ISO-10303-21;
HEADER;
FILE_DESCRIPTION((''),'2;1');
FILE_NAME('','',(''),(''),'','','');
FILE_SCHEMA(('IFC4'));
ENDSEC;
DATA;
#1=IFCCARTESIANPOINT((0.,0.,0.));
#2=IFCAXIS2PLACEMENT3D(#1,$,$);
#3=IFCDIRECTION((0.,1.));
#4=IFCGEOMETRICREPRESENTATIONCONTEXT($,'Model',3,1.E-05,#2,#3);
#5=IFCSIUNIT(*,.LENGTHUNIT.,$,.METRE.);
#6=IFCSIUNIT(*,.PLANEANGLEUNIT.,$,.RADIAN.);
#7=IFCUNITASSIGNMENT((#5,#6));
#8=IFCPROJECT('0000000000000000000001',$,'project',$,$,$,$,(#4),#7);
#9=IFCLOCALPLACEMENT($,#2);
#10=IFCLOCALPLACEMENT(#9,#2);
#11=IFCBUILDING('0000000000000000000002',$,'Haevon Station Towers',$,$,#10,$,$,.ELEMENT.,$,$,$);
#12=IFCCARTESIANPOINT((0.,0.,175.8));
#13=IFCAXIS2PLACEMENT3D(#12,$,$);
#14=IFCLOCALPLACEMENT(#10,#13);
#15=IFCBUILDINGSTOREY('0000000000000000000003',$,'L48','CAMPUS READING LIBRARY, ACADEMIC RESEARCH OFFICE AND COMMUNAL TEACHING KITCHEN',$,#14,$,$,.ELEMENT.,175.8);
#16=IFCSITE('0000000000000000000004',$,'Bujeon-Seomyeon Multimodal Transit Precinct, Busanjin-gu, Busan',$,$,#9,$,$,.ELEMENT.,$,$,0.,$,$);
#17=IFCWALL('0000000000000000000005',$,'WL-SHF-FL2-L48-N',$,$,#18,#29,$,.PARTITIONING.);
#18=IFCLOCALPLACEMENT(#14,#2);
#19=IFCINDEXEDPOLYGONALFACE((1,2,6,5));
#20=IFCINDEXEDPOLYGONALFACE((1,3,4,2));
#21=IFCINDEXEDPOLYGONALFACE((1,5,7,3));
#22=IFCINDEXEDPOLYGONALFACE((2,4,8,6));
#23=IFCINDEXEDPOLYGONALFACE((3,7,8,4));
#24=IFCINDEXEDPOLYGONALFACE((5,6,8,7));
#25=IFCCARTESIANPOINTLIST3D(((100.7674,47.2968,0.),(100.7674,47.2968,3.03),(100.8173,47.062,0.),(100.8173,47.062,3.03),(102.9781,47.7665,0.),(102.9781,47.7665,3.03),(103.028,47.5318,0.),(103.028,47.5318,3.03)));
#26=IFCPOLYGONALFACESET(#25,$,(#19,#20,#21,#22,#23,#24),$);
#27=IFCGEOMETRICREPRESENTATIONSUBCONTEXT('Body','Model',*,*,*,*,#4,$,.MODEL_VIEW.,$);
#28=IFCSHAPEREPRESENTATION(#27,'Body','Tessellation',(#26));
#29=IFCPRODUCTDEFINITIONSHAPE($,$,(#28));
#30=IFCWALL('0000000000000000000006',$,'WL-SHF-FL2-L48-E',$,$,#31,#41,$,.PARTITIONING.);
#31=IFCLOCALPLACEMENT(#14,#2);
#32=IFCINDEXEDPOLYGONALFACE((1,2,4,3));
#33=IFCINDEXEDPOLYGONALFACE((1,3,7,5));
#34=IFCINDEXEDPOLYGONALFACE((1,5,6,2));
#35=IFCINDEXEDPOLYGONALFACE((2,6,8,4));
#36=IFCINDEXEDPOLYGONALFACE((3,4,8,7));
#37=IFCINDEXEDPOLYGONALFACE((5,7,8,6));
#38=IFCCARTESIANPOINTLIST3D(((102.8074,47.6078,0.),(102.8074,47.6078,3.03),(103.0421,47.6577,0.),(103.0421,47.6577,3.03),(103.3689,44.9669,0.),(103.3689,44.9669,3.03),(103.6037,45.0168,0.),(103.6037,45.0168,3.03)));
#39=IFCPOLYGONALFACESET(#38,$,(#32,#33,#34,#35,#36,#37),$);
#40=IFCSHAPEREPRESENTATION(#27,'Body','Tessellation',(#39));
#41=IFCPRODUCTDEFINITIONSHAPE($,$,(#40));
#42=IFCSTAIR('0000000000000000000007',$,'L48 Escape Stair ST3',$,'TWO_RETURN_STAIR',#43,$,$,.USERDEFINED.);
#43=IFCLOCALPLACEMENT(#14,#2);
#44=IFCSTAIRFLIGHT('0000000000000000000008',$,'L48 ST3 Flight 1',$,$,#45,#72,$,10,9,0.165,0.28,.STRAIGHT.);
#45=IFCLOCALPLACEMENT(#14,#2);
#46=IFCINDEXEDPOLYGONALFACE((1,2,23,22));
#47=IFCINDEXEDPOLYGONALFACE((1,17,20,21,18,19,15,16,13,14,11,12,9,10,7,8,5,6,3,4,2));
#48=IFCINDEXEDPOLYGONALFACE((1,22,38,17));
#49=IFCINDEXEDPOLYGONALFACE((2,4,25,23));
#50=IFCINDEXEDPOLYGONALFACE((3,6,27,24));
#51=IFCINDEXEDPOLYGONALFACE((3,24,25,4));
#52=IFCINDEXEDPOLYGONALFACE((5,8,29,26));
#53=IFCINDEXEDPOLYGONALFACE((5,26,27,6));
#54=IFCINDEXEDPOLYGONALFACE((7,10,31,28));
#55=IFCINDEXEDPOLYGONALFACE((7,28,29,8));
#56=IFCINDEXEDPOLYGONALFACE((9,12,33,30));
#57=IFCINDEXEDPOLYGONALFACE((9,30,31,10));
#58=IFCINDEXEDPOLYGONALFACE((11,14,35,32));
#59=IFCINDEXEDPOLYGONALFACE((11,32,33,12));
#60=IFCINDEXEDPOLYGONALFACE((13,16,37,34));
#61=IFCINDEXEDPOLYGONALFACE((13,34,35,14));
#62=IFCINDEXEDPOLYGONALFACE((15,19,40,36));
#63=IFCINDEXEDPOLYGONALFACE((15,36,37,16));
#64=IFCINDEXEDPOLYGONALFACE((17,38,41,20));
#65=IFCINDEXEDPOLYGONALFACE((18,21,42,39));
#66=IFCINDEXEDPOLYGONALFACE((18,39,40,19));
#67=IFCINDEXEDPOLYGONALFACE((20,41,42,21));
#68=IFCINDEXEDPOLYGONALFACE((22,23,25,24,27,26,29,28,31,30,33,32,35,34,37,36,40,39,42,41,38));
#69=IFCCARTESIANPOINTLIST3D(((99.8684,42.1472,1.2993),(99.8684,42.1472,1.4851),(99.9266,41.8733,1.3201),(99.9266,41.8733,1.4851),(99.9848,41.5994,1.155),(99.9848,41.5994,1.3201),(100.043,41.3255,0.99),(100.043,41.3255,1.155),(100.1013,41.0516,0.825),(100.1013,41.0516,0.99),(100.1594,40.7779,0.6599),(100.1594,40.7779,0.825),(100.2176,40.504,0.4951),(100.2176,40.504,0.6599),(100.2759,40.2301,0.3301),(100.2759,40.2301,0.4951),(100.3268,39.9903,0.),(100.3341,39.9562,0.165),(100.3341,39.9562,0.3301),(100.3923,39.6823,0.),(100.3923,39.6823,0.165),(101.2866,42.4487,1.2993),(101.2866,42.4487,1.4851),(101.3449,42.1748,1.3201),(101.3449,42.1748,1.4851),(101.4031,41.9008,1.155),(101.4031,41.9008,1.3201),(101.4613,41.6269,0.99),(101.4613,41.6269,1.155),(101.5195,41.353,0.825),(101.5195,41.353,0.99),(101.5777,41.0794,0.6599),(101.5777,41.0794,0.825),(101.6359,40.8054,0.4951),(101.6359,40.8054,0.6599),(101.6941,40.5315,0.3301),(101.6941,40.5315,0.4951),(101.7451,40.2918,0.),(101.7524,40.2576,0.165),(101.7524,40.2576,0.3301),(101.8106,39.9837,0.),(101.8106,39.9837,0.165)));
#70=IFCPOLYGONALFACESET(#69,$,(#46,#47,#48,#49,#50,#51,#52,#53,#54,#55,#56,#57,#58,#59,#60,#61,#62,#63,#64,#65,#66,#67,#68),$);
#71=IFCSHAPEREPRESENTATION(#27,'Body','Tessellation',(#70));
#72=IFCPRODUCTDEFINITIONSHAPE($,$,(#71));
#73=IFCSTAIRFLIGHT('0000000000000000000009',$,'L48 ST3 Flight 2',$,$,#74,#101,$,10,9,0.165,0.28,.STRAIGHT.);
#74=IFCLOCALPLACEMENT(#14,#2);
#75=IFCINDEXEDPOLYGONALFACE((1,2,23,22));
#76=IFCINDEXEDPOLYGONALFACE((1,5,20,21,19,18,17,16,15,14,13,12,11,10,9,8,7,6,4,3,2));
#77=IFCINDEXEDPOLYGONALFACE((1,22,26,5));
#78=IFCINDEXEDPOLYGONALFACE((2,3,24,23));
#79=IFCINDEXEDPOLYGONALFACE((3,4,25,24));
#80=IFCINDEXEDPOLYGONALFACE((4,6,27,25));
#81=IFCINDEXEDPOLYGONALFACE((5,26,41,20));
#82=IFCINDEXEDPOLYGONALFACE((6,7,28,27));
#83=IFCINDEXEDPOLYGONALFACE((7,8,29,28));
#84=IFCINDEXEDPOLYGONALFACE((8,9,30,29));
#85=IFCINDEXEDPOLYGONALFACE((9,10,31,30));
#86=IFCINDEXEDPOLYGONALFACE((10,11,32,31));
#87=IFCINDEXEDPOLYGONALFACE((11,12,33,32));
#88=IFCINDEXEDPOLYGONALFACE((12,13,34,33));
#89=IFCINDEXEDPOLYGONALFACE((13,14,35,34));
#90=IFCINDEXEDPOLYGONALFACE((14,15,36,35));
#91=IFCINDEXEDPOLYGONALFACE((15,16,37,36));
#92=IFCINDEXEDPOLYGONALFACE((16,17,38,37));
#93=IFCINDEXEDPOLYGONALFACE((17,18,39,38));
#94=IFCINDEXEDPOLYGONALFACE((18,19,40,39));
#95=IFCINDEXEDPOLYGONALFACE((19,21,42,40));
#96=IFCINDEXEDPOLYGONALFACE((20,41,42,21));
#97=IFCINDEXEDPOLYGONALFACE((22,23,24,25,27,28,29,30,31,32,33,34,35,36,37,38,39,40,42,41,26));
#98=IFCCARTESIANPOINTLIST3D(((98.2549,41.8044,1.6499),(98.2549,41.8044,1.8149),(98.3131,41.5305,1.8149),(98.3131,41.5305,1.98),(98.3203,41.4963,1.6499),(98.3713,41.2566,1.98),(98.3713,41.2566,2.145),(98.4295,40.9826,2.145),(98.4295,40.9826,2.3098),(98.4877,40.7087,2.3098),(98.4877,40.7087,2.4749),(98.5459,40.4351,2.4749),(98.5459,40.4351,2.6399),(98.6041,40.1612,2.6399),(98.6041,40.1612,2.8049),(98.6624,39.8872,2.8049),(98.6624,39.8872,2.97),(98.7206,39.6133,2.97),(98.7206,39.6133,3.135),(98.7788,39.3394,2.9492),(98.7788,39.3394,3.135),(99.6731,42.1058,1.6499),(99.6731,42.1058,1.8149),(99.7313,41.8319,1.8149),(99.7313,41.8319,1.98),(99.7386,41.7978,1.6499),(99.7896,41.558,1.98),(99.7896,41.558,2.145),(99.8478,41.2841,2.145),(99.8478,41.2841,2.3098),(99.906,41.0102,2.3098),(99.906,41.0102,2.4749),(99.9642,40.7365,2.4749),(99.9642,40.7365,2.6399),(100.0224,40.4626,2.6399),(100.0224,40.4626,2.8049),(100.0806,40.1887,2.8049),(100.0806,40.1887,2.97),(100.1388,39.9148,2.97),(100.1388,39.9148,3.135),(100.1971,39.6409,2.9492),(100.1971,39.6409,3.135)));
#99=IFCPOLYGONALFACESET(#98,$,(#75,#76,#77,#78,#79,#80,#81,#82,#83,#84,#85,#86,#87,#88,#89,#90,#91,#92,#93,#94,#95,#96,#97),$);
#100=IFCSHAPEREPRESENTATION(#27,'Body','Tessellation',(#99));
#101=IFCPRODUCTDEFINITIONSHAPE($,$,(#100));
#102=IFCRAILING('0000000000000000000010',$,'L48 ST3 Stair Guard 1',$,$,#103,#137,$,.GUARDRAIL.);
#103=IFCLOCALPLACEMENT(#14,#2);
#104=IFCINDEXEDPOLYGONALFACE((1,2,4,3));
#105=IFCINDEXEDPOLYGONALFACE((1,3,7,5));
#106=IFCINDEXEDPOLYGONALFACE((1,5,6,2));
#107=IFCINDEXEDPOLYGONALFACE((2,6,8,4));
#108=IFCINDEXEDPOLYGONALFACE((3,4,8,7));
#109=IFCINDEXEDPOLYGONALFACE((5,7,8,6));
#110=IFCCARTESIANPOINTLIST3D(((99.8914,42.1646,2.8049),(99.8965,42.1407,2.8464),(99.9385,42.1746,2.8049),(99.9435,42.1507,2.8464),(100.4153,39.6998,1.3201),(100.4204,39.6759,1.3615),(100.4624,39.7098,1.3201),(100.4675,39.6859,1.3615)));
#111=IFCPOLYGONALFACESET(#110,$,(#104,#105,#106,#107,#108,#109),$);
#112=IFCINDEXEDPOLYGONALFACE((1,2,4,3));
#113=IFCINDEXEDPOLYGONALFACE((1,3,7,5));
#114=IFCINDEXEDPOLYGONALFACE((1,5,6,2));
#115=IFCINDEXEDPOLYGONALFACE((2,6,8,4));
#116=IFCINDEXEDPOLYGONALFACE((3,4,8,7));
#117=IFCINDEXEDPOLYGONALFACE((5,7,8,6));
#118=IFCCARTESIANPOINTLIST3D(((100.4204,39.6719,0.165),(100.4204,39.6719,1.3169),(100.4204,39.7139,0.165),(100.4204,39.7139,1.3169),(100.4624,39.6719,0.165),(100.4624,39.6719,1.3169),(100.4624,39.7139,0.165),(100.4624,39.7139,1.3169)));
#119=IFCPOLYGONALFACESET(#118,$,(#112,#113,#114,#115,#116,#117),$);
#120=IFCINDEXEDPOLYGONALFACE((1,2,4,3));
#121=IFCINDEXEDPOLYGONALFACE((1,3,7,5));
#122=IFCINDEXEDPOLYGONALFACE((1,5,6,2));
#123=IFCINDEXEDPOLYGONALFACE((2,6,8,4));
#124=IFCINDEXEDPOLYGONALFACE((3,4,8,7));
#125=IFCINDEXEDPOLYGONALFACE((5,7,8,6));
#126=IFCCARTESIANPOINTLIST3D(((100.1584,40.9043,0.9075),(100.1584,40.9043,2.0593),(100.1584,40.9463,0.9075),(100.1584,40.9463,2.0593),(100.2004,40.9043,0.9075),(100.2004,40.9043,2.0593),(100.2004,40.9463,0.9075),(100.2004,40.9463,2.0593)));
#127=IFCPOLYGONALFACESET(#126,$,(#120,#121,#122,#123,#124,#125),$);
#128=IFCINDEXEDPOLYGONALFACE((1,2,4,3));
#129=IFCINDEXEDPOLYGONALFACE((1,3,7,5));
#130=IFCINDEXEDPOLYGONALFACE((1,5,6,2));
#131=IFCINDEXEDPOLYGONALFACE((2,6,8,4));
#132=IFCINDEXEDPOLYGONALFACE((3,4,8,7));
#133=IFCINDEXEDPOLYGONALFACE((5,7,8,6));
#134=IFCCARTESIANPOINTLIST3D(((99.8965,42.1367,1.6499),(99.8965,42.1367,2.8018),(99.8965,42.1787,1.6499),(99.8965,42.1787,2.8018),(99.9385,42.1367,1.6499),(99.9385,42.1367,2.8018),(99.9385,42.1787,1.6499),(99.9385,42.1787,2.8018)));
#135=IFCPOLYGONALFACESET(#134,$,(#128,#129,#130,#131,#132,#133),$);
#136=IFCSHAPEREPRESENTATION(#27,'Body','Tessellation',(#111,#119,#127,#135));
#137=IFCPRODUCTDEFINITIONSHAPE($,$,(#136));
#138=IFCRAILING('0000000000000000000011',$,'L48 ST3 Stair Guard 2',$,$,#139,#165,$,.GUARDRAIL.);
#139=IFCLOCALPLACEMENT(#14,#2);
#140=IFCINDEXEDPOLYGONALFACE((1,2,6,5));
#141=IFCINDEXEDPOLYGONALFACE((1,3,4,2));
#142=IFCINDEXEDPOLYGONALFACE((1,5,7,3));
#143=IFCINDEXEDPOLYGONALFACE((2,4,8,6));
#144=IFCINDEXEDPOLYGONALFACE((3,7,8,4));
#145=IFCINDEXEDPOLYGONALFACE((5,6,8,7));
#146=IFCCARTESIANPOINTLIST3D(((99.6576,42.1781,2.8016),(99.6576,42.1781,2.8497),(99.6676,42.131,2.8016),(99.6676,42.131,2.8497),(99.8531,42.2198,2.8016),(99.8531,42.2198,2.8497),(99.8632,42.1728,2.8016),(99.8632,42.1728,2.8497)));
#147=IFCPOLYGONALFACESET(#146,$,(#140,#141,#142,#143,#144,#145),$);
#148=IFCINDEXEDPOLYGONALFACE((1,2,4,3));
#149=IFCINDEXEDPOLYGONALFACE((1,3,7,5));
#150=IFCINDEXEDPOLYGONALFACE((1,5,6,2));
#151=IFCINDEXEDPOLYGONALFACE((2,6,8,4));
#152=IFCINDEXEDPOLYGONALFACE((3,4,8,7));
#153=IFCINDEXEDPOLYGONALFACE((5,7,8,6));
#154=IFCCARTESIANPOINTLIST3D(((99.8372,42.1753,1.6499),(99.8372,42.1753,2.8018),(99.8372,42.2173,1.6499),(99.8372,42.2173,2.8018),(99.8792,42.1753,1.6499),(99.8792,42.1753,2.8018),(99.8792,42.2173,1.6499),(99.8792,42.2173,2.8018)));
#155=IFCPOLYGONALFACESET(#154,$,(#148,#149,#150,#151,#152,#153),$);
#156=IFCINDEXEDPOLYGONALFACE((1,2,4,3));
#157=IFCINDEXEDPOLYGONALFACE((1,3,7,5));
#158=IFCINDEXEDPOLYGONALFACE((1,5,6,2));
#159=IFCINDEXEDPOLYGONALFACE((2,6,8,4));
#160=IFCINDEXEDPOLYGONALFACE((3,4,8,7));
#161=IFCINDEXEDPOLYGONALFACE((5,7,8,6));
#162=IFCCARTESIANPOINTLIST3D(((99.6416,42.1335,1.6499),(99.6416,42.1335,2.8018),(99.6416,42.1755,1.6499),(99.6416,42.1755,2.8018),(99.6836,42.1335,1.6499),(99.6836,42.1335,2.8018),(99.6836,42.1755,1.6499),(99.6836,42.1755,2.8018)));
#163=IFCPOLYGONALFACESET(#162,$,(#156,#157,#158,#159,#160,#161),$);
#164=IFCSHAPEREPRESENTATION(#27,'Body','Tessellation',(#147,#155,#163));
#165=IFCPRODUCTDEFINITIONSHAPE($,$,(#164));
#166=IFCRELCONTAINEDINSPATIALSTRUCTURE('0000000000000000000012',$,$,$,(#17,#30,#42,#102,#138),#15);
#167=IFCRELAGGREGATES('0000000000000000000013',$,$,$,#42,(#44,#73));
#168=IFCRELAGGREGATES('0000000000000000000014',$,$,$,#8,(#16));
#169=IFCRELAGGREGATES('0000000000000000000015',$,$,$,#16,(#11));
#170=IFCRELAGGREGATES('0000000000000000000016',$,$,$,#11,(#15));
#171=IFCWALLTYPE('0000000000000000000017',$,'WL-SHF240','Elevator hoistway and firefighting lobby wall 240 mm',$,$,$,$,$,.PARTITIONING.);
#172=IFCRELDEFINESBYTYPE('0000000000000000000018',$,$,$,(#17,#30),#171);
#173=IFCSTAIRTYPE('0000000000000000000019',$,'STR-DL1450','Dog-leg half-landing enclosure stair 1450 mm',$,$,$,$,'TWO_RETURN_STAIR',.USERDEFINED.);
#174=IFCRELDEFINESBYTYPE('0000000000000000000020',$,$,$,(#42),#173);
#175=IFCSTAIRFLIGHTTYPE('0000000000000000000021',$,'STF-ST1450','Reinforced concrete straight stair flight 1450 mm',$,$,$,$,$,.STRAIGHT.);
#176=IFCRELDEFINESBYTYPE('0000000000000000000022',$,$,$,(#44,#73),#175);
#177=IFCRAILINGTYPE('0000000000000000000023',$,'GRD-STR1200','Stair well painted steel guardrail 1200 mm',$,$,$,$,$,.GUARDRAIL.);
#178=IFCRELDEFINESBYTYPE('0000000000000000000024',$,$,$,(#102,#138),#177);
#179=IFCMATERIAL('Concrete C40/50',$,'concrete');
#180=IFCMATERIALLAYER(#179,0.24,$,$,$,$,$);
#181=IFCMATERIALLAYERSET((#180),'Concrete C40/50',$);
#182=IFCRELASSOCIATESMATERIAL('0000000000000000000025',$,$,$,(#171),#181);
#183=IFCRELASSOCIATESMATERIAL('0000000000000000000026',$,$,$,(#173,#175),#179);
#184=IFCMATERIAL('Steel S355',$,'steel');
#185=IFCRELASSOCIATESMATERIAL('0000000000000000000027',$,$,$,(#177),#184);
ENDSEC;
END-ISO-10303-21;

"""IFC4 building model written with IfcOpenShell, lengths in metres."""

from ifc_helpers import new_model, si_unit, direction, frame, frame_2d, origin, origin_2d, place, context, subcontext, project, spatial, polyline, rectangle, outline, extrude, material, layer, layer_set, type_object, element, aggregate, save


model = new_model("IFC4")

# Units and contexts
model_context = context("Model", 3, precision=1e-05, world=origin(), true_north=direction((0.0, 1.0)))
body_context = subcontext(model_context, "Body", "Model", "MODEL_VIEW")
ifc_project = project(units=[si_unit("LENGTHUNIT", "METRE"), si_unit("PLANEANGLEUNIT", "RADIAN")], contexts=[model_context])

# Site, building, storey
site_placement = place(None, origin())
site = spatial("IfcSite", under=ifc_project, at=site_placement, Name="Bujeon-Seomyeon Multimodal Transit Precinct, Busanjin-gu, Busan", CompositionType="ELEMENT", RefElevation=0.0)
building_placement = place(site_placement, origin())
building = spatial("IfcBuilding", under=site, at=building_placement, Name="Haevon Station Towers", CompositionType="ELEMENT")
storey_placement = place(building_placement, frame((0.0, 0.0, 175.8)))
storey = spatial("IfcBuildingStorey", under=building, at=storey_placement, Name="L48", Description="CAMPUS READING LIBRARY, ACADEMIC RESEARCH OFFICE AND COMMUNAL TEACHING KITCHEN", CompositionType="ELEMENT", Elevation=175.8)

# Shared definitions
ifc_material_1 = material(Name="Steel S355", Category="steel")

# Shared definitions
ifc_material_2 = material(Name="Concrete C40/50", Category="concrete")
ifc_layer_1 = layer(ifc_material_2, 0.24)
ifc_layer_set_1 = layer_set([ifc_layer_1], Name="Concrete C40/50")
wall_type_1 = type_object("IfcWallType", Name="WL-SHF240", Description="Elevator hoistway and firefighting lobby wall 240 mm", PredefinedType="PARTITIONING", material=ifc_layer_set_1)

# Walls
wall_1_placement = place(storey_placement, frame((100.7925, 47.1794, 0.0), z_axis=(0.0, 0.0, 1.0), x_axis=(0.978163, 0.207839, 0.0)))
element("IfcWall", 1, at=wall_1_placement, inside=storey, type_object=wall_type_1, Name="WL-SHF-FL2-L48-N", PredefinedType="PARTITIONING", context=body_context, shape_type="SweptSolid", body=[
    extrude(rectangle(XDim=2.26, YDim=0.24, at=frame_2d((1.1299, 0.0))), origin(), (0.0, 0.0, 1.0), 3.03),
])
wall_2_placement = place(storey_placement, frame((103.4863, 44.9917, 0.0), z_axis=(0.0, 0.0, 1.0), x_axis=(-0.207979, 0.978133, 0.0)))
element("IfcWall", 2, at=wall_2_placement, inside=storey, type_object=wall_type_1, Name="WL-SHF-FL2-L48-E", PredefinedType="PARTITIONING", context=body_context, shape_type="SweptSolid", body=[
    extrude(rectangle(XDim=2.7, YDim=0.24, at=frame_2d((1.3501, 0.0))), origin(), (0.0, 0.0, 1.0), 3.03),
])

# Stair, stair flights
stair_type = type_object("IfcStairType", Name="STR-DL1450", Description="Dog-leg half-landing enclosure stair 1450 mm", ElementType="TWO_RETURN_STAIR", PredefinedType="USERDEFINED", material=ifc_material_2)
stair_placement = place(storey_placement, origin())
stair = element("IfcStair", 3, at=stair_placement, inside=storey, type_object=stair_type, Name="L48 Escape Stair ST3", ObjectType="TWO_RETURN_STAIR", PredefinedType="USERDEFINED")
stair_flight_type = type_object("IfcStairFlightType", Name="STF-ST1450", Description="Reinforced concrete straight stair flight 1450 mm", PredefinedType="STRAIGHT", material=ifc_material_2)
stair_flight_1_placement = place(storey_placement, frame((101.1016, 39.833, 0.0), z_axis=(0.0, 0.0, 1.0), x_axis=(-0.207912, 0.978148, 0.0)))
stair_flight_1 = element("IfcStairFlight", 4, at=stair_flight_1_placement, type_object=stair_flight_type, Name="L48 ST3 Flight 1", NumberOfRisers=10, NumberOfTreads=9, PredefinedType="STRAIGHT", RiserHeight=0.165, TreadLength=0.28, context=body_context, shape_type="SweptSolid", body=[
    extrude(outline(polyline([(0.0, 0.0), (0.0, 0.165), (0.28, 0.165), (0.28, 0.3301), (0.5601, 0.3301), (0.5601, 0.4951), (0.8401, 0.4951), (0.8401, 0.6599), (1.1201, 0.6599), (1.1201, 0.825), (1.3999, 0.825), (1.3999, 0.99), (1.6799, 0.99), (1.6799, 1.155), (1.96, 1.155), (1.96, 1.3201), (2.24, 1.3201), (2.24, 1.4851), (2.52, 1.4851), (2.52, 1.6499), (2.52, 1.2993), (0.3149, 0.0), (0.0, 0.0)])), frame((0.0, 0.7251, 0.0), z_axis=(0.0, -1.0, 0.0), x_axis=(1.0, 0.0, 0.0)), (0.0, 0.0, 1.0), 1.45),
])
stair_flight_2_placement = place(storey_placement, frame((98.9639, 41.9551, 1.6499), z_axis=(0.0, 0.0, 1.0), x_axis=(0.207912, -0.978148, 0.0)))
stair_flight_2 = element("IfcStairFlight", 5, at=stair_flight_2_placement, type_object=stair_flight_type, Name="L48 ST3 Flight 2", NumberOfRisers=10, NumberOfTreads=9, PredefinedType="STRAIGHT", RiserHeight=0.165, TreadLength=0.28, context=body_context, shape_type="SweptSolid", body=[
    extrude(outline(polyline([(0.0, 0.0), (0.0, 0.165), (0.28, 0.165), (0.28, 0.3301), (0.5601, 0.3301), (0.5601, 0.4951), (0.8401, 0.4951), (0.8401, 0.6599), (1.1201, 0.6599), (1.1201, 0.825), (1.3999, 0.825), (1.3999, 0.99), (1.6799, 0.99), (1.6799, 1.155), (1.96, 1.155), (1.96, 1.3201), (2.24, 1.3201), (2.24, 1.4851), (2.52, 1.4851), (2.52, 1.6499), (2.52, 1.2993), (0.3149, 0.0), (0.0, 0.0)])), frame((0.0, 0.7251, 0.0), z_axis=(0.0, -1.0, 0.0), x_axis=(1.0, 0.0, 0.0)), (0.0, 0.0, 1.0), 1.45),
])
aggregate(stair, [stair_flight_1, stair_flight_2])

# Railings
railing_type_1 = type_object("IfcRailingType", Name="GRD-STR1200", Description="Stair well painted steel guardrail 1200 mm", PredefinedType="GUARDRAIL", material=ifc_material_1)
railing_1_placement = place(storey_placement, frame((100.4414, 39.6929, 0.165)))
element("IfcRailing", 6, at=railing_1_placement, inside=storey, type_object=railing_type_1, Name="L48 ST3 Stair Guard 1", PredefinedType="GUARDRAIL", context=body_context, shape_type="SweptSolid", body=[
    extrude(rectangle(XDim=0.0481, YDim=0.0481, at=origin_2d()), frame((0.0, 0.0, 1.1758), z_axis=(-0.179129, 0.842724, 0.507671), x_axis=(-0.978147, -0.207914, 0.0)), (0.0, 0.0, 1.0), 2.9248),
    extrude(rectangle(XDim=0.042, YDim=0.042, at=origin_2d()), origin(), (0.0, 0.0, 1.0), 1.1519),
    extrude(rectangle(XDim=0.042, YDim=0.042, at=origin_2d()), frame((-0.262, 1.2324, 0.7424)), (0.0, 0.0, 1.0), 1.1519),
    extrude(rectangle(XDim=0.042, YDim=0.042, at=origin_2d()), frame((-0.5239, 2.4648, 1.4849)), (0.0, 0.0, 1.0), 1.1519),
])
railing_2_placement = place(storey_placement, frame((99.8582, 42.1963, 1.6499)))
element("IfcRailing", 7, at=railing_2_placement, inside=storey, type_object=railing_type_1, Name="L48 ST3 Stair Guard 2", PredefinedType="GUARDRAIL", context=body_context, shape_type="SweptSolid", body=[
    extrude(rectangle(XDim=0.0481, YDim=0.0481, at=origin_2d()), frame((0.0, 0.0, 1.1758), z_axis=(-0.977963, -0.208779, 0.0), x_axis=(0.208779, -0.977963, 0.0)), (0.0, 0.0, 1.0), 0.2),
    extrude(rectangle(XDim=0.042, YDim=0.042, at=origin_2d()), origin(), (0.0, 0.0, 1.0), 1.1519),
    extrude(rectangle(XDim=0.042, YDim=0.042, at=origin_2d()), frame((-0.1956, -0.0417, 0.0)), (0.0, 0.0, 1.0), 1.1519),
])

save(model, "model.ifc")
